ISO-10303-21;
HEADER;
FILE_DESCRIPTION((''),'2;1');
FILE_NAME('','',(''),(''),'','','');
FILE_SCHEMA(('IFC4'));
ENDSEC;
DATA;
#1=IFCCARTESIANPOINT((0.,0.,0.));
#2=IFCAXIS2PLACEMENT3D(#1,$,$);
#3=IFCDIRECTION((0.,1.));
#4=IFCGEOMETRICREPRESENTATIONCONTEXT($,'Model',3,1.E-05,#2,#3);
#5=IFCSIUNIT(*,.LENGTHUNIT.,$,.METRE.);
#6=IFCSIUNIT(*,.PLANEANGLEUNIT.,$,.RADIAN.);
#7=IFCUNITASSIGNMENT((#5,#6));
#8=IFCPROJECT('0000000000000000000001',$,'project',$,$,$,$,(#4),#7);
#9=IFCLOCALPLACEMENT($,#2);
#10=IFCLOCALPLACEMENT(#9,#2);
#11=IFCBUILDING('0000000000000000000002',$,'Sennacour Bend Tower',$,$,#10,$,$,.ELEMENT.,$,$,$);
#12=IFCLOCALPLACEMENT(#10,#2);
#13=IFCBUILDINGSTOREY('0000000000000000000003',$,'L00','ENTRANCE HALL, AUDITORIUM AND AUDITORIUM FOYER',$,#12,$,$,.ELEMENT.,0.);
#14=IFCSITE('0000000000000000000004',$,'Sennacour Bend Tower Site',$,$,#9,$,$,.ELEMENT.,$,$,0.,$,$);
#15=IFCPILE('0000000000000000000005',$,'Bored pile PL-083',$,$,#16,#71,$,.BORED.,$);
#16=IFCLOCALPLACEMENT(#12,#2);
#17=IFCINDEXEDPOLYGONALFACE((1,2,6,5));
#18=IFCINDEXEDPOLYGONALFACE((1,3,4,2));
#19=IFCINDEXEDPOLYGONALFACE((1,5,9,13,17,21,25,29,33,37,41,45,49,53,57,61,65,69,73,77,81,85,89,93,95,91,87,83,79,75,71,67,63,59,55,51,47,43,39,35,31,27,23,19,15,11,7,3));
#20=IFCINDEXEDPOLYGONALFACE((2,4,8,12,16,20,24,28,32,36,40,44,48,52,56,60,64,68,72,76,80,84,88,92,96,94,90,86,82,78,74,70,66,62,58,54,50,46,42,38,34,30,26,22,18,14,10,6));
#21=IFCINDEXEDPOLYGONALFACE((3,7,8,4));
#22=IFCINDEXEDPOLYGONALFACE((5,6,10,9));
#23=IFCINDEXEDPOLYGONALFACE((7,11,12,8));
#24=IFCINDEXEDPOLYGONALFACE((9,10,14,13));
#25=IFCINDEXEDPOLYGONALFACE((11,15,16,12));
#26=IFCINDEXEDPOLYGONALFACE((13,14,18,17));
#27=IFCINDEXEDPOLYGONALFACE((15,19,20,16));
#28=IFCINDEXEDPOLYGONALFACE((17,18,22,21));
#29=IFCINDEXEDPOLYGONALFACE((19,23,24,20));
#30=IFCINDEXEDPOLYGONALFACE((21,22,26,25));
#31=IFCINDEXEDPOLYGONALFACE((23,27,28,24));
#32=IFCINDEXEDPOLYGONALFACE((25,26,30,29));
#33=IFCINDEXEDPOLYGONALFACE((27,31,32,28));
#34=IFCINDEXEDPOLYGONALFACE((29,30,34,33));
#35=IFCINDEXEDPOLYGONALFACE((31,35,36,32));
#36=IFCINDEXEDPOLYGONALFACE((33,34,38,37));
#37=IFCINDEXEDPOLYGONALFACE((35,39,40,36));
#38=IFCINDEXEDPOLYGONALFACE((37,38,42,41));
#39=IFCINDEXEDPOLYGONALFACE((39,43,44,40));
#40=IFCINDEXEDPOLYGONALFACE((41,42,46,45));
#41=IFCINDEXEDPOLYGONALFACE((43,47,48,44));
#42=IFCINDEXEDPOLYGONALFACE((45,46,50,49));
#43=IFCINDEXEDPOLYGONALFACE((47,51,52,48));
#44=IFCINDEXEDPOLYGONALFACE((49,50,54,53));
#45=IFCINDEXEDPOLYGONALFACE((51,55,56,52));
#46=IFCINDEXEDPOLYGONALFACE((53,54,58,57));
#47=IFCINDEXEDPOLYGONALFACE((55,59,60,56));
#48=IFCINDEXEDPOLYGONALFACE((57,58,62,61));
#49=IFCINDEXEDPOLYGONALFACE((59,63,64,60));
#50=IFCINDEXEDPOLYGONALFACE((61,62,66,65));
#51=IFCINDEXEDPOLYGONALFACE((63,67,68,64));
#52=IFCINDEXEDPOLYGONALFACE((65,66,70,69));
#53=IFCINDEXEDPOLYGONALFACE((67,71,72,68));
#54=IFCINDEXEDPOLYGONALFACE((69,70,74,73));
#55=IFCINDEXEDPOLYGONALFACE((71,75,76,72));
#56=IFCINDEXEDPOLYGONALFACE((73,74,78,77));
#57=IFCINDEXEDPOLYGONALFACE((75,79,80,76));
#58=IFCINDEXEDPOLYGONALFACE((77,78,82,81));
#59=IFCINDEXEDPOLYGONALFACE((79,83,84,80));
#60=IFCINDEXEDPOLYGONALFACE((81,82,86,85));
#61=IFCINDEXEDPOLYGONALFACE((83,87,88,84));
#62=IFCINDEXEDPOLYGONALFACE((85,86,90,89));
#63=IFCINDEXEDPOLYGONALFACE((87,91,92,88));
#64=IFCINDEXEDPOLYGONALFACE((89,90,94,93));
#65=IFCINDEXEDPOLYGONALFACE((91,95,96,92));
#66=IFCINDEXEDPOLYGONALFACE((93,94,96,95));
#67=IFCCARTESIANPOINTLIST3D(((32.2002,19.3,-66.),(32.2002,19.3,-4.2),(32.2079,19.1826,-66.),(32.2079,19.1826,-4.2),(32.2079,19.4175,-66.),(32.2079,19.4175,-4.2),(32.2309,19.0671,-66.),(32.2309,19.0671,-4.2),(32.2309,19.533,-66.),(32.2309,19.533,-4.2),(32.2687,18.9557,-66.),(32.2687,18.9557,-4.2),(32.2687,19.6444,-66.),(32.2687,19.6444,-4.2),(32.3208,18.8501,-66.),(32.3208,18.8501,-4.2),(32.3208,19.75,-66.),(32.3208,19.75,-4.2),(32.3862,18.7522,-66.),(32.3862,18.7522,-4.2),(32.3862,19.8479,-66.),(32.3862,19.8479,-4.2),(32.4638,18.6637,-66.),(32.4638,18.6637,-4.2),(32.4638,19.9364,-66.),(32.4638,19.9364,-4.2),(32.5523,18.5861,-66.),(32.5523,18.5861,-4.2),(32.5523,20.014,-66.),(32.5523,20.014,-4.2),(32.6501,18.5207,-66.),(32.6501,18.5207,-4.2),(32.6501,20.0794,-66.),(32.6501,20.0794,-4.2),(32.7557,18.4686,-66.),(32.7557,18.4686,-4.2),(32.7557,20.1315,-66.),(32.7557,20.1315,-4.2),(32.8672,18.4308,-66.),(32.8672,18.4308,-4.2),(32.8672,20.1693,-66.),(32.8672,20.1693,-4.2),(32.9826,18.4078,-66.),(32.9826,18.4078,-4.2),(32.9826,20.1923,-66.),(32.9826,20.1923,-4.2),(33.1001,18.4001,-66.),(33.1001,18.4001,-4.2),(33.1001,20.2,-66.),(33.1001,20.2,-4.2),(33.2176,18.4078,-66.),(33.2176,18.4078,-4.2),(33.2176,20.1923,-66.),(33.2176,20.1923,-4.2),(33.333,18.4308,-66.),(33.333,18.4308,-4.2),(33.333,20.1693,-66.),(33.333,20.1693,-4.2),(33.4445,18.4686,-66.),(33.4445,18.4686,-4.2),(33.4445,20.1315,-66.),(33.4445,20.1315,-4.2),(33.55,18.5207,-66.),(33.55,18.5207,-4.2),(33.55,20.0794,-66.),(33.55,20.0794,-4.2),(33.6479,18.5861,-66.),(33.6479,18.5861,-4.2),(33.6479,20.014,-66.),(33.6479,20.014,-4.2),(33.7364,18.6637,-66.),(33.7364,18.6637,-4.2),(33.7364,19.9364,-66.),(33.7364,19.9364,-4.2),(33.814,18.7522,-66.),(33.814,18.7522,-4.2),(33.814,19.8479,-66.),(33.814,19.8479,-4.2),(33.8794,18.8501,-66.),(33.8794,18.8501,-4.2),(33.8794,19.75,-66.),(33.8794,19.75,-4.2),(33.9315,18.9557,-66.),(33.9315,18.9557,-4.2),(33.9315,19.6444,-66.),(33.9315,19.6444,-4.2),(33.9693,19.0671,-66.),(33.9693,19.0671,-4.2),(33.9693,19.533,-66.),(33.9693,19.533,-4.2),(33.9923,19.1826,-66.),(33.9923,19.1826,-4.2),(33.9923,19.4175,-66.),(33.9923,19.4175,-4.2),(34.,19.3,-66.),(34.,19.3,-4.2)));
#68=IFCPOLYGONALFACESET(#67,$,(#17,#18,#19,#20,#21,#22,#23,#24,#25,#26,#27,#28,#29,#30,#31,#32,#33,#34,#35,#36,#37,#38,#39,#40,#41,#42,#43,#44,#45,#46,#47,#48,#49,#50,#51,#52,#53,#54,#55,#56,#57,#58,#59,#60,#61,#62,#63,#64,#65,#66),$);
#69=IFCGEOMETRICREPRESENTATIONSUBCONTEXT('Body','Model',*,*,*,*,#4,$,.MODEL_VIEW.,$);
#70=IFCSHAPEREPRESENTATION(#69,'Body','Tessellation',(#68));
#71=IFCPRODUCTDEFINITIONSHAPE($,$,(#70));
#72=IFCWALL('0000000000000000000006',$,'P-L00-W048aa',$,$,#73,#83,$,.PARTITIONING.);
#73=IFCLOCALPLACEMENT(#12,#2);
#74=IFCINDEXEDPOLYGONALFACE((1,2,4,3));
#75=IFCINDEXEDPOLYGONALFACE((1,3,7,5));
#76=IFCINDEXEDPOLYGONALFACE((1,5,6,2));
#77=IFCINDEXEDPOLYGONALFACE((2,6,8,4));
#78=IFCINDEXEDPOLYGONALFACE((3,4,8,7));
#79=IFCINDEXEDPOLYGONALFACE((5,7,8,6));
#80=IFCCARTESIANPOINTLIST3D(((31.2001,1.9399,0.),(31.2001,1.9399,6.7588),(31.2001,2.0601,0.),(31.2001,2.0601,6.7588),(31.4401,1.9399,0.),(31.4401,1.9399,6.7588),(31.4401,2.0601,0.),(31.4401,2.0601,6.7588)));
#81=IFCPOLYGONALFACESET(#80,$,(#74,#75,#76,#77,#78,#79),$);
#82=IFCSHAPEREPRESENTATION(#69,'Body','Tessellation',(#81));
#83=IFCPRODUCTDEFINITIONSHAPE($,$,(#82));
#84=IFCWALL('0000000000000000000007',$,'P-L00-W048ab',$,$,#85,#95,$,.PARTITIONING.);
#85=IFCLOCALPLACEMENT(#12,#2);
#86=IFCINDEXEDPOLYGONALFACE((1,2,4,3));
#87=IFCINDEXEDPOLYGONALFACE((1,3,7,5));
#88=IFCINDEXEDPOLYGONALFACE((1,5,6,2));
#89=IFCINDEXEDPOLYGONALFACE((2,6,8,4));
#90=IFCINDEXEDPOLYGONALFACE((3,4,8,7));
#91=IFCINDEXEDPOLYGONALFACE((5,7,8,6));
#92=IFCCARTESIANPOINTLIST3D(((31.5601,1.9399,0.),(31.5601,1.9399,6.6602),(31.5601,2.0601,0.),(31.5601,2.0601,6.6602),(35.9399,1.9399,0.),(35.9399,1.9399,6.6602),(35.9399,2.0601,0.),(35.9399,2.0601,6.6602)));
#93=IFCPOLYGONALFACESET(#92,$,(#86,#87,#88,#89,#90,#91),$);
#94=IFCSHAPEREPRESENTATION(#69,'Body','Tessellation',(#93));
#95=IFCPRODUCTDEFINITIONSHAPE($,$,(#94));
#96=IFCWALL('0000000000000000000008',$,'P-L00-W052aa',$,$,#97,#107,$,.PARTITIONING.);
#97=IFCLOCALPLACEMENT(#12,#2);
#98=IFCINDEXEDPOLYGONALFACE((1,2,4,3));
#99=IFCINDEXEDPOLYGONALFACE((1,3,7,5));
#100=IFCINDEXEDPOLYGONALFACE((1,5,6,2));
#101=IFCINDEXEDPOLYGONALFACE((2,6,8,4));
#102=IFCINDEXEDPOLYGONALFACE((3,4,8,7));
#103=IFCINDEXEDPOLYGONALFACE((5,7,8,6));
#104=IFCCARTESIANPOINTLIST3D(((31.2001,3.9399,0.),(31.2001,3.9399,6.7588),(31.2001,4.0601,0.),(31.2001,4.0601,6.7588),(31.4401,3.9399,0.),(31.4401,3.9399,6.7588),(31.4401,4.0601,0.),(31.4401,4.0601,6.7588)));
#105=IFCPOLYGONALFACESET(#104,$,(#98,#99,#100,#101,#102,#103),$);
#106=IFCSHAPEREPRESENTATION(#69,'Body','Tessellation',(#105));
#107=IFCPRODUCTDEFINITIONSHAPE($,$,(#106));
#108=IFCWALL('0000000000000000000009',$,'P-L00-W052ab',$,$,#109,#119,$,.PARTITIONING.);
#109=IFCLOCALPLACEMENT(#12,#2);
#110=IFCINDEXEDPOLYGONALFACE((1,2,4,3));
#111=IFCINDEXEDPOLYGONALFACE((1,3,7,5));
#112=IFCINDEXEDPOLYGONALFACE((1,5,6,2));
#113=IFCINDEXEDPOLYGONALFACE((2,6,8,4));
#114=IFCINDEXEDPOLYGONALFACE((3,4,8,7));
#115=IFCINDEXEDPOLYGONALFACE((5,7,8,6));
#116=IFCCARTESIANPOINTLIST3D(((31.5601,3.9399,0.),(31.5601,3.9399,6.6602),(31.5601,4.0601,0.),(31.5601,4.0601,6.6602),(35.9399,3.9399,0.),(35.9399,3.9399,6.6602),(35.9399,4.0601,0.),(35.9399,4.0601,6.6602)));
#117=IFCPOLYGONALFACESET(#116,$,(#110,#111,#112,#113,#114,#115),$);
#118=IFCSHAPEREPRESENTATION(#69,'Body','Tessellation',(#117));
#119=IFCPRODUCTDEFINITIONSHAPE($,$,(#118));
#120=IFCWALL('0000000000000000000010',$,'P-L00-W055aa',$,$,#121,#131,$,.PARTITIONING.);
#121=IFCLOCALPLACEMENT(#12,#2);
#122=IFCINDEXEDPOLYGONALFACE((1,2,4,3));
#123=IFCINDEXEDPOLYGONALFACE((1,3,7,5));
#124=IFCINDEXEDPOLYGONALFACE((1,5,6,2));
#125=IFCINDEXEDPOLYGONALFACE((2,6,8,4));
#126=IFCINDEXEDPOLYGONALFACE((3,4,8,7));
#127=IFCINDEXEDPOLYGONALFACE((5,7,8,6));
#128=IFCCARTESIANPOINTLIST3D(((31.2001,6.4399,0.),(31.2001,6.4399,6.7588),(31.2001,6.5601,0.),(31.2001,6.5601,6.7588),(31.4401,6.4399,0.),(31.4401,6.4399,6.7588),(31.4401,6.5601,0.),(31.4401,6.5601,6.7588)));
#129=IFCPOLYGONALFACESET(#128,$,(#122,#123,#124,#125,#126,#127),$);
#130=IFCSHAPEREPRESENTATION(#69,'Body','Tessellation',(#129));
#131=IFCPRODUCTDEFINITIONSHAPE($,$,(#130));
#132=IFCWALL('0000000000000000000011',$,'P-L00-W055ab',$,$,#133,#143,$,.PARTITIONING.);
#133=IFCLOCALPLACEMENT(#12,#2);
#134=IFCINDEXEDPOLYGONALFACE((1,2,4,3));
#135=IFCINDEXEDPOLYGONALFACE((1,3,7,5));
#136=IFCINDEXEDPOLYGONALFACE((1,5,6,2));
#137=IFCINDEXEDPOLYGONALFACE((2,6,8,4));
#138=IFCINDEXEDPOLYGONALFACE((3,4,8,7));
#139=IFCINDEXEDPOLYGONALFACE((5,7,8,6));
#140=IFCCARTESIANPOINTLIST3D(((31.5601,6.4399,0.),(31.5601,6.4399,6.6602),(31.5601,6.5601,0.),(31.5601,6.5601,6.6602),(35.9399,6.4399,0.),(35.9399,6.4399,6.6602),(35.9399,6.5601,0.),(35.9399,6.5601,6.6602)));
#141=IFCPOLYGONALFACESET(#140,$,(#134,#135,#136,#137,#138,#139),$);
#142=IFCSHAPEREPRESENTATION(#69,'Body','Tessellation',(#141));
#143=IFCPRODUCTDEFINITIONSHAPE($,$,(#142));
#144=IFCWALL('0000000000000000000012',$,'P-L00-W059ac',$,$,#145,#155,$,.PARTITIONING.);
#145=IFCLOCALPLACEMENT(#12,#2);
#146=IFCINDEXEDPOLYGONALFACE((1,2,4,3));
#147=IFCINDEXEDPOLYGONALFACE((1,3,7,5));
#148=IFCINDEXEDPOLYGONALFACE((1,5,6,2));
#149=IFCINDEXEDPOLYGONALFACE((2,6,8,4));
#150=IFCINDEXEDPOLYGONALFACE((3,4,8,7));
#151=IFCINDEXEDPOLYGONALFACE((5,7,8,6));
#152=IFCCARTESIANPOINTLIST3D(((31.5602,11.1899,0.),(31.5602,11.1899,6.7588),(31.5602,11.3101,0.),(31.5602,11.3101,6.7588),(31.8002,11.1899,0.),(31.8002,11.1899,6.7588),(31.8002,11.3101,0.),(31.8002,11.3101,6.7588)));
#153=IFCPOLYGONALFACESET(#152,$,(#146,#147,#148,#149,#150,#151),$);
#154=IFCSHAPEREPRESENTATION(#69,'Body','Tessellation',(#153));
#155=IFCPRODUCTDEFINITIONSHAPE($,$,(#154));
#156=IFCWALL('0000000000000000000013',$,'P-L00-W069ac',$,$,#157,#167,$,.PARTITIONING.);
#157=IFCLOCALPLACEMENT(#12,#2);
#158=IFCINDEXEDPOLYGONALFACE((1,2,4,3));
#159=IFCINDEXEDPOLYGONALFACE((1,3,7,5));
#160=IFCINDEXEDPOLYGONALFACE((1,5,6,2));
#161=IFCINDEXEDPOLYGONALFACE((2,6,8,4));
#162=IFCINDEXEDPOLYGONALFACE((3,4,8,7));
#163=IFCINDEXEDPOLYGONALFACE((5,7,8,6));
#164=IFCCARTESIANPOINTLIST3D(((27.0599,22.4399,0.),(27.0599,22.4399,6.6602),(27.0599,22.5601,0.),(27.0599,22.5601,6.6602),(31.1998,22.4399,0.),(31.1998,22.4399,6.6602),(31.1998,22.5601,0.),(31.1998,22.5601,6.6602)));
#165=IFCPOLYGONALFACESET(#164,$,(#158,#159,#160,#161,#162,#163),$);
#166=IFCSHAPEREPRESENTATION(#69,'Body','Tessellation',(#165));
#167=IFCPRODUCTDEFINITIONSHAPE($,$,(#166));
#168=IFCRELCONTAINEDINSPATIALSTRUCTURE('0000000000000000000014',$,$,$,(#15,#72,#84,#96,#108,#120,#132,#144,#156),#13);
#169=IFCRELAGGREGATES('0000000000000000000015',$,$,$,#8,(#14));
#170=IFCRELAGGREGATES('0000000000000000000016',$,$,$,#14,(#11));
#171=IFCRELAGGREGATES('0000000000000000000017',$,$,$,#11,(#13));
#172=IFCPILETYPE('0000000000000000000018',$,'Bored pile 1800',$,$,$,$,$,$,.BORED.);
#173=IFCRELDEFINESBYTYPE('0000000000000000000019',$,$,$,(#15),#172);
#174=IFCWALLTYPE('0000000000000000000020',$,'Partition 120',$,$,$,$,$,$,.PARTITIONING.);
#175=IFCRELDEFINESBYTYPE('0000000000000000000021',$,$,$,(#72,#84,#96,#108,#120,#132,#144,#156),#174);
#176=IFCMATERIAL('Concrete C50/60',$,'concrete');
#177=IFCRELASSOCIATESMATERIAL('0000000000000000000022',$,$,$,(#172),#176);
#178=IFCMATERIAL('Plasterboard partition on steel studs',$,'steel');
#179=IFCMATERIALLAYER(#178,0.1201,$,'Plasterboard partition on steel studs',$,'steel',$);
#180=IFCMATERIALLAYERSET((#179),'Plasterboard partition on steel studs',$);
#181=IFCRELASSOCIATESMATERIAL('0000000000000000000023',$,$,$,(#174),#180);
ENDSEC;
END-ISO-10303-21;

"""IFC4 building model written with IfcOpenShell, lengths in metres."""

from ifc_helpers import new_model, si_unit, direction, frame, frame_2d, origin, origin_2d, place, context, subcontext, project, spatial, rectangle, circle, extrude, material, layer, layer_set, material_profile, profile_set, type_object, element, save


model = new_model("IFC4")

# Units and contexts
model_context = context("Model", 3, precision=1e-05, world=origin(), true_north=direction((0.0, 1.0)))
body_context = subcontext(model_context, "Body", "Model", "MODEL_VIEW")
ifc_project = project(units=[si_unit("LENGTHUNIT", "METRE"), si_unit("PLANEANGLEUNIT", "RADIAN")], contexts=[model_context])

# Site, building, storey
site_placement = place(None, origin())
site = spatial("IfcSite", under=ifc_project, at=site_placement, Name="Sennacour Bend Tower Site", CompositionType="ELEMENT", RefElevation=0.0)
building_placement = place(site_placement, origin())
building = spatial("IfcBuilding", under=site, at=building_placement, Name="Sennacour Bend Tower", CompositionType="ELEMENT")
storey_placement = place(building_placement, origin())
storey = spatial("IfcBuildingStorey", under=building, at=storey_placement, Name="L00", Description="ENTRANCE HALL, AUDITORIUM AND AUDITORIUM FOYER", CompositionType="ELEMENT", Elevation=0.0)

# Pile
ifc_material_1 = material(Name="Concrete C50/60", Category="concrete")
ifc_material_profile = material_profile(ifc_material_1, circle(Radius=0.8999, at=origin_2d()), Name="Concrete C50/60", Category="concrete")
ifc_profile_set = profile_set([ifc_material_profile], Name="Concrete C50/60")
pile_type = type_object("IfcPileType", Name="Bored pile 1800", PredefinedType="BORED", material=ifc_profile_set)
for number, where, z_axis, x_axis, name in (
    (1, (33.1001, 19.3, -4.2), (0.0, 0.0, -1.0), (1.0, 0.0, 0.0), "Bored pile PL-083"),
):
    element("IfcPile", number, at=place(storey_placement, frame(where, z_axis=z_axis, x_axis=x_axis)), inside=storey, type_object=pile_type, Name=name, PredefinedType="BORED", context=body_context, shape_type="SweptSolid", body=[
        extrude(circle(Radius=0.8999, at=origin_2d()), origin(), (0.0, 0.0, 1.0), 61.8),
    ])

# Walls
ifc_material_2 = material(Name="Plasterboard partition on steel studs", Category="steel")
ifc_layer_1 = layer(ifc_material_2, 0.1201, Name="Plasterboard partition on steel studs", Category="steel")
ifc_layer_set_1 = layer_set([ifc_layer_1], Name="Plasterboard partition on steel studs")
wall_type_1 = type_object("IfcWallType", Name="Partition 120", PredefinedType="PARTITIONING", material=ifc_layer_set_1)
wall_1_placement = place(storey_placement, frame((31.2, 2.0, 0.0), z_axis=(0.0, 0.0, 1.0), x_axis=(1.0, 0.0, 0.0)))
element("IfcWall", 2, at=wall_1_placement, inside=storey, type_object=wall_type_1, Name="P-L00-W048aa", PredefinedType="PARTITIONING", context=body_context, shape_type="SweptSolid", body=[
    extrude(rectangle(XDim=0.24, YDim=0.1201, at=frame_2d((0.1201, 0.0))), origin(), (0.0, 0.0, 1.0), 6.7588),
])
wall_2_placement = place(storey_placement, frame((31.5601, 2.0, 0.0), z_axis=(0.0, 0.0, 1.0), x_axis=(1.0, 0.0, 0.0)))
element("IfcWall", 3, at=wall_2_placement, inside=storey, type_object=wall_type_1, Name="P-L00-W048ab", PredefinedType="PARTITIONING", context=body_context, shape_type="SweptSolid", body=[
    extrude(rectangle(XDim=4.3799, YDim=0.1201, at=frame_2d((2.1899, 0.0))), origin(), (0.0, 0.0, 1.0), 6.6602),
])
wall_3_placement = place(storey_placement, frame((31.2, 4.0, 0.0), z_axis=(0.0, 0.0, 1.0), x_axis=(1.0, 0.0, 0.0)))
element("IfcWall", 4, at=wall_3_placement, inside=storey, type_object=wall_type_1, Name="P-L00-W052aa", PredefinedType="PARTITIONING", context=body_context, shape_type="SweptSolid", body=[
    extrude(rectangle(XDim=0.24, YDim=0.1201, at=frame_2d((0.1201, 0.0))), origin(), (0.0, 0.0, 1.0), 6.7588),
])
wall_4_placement = place(storey_placement, frame((31.5601, 4.0, 0.0), z_axis=(0.0, 0.0, 1.0), x_axis=(1.0, 0.0, 0.0)))
element("IfcWall", 5, at=wall_4_placement, inside=storey, type_object=wall_type_1, Name="P-L00-W052ab", PredefinedType="PARTITIONING", context=body_context, shape_type="SweptSolid", body=[
    extrude(rectangle(XDim=4.3799, YDim=0.1201, at=frame_2d((2.1899, 0.0))), origin(), (0.0, 0.0, 1.0), 6.6602),
])
wall_5_placement = place(storey_placement, frame((31.2, 6.5, 0.0), z_axis=(0.0, 0.0, 1.0), x_axis=(1.0, 0.0, 0.0)))
element("IfcWall", 6, at=wall_5_placement, inside=storey, type_object=wall_type_1, Name="P-L00-W055aa", PredefinedType="PARTITIONING", context=body_context, shape_type="SweptSolid", body=[
    extrude(rectangle(XDim=0.24, YDim=0.1201, at=frame_2d((0.1201, 0.0))), origin(), (0.0, 0.0, 1.0), 6.7588),
])
wall_6_placement = place(storey_placement, frame((31.5601, 6.5, 0.0), z_axis=(0.0, 0.0, 1.0), x_axis=(1.0, 0.0, 0.0)))
element("IfcWall", 7, at=wall_6_placement, inside=storey, type_object=wall_type_1, Name="P-L00-W055ab", PredefinedType="PARTITIONING", context=body_context, shape_type="SweptSolid", body=[
    extrude(rectangle(XDim=4.3799, YDim=0.1201, at=frame_2d((2.1899, 0.0))), origin(), (0.0, 0.0, 1.0), 6.6602),
])
wall_7_placement = place(storey_placement, frame((31.5601, 11.25, 0.0), z_axis=(0.0, 0.0, 1.0), x_axis=(1.0, 0.0, 0.0)))
element("IfcWall", 8, at=wall_7_placement, inside=storey, type_object=wall_type_1, Name="P-L00-W059ac", PredefinedType="PARTITIONING", context=body_context, shape_type="SweptSolid", body=[
    extrude(rectangle(XDim=0.24, YDim=0.1201, at=frame_2d((0.1201, 0.0))), origin(), (0.0, 0.0, 1.0), 6.7588),
])
wall_8_placement = place(storey_placement, frame((27.0601, 22.5, 0.0), z_axis=(0.0, 0.0, 1.0), x_axis=(1.0, 0.0, 0.0)))
element("IfcWall", 9, at=wall_8_placement, inside=storey, type_object=wall_type_1, Name="P-L00-W069ac", PredefinedType="PARTITIONING", context=body_context, shape_type="SweptSolid", body=[
    extrude(rectangle(XDim=4.1399, YDim=0.1201, at=frame_2d((2.0698, 0.0))), origin(), (0.0, 0.0, 1.0), 6.6602),
])

save(model, "model.ifc")
